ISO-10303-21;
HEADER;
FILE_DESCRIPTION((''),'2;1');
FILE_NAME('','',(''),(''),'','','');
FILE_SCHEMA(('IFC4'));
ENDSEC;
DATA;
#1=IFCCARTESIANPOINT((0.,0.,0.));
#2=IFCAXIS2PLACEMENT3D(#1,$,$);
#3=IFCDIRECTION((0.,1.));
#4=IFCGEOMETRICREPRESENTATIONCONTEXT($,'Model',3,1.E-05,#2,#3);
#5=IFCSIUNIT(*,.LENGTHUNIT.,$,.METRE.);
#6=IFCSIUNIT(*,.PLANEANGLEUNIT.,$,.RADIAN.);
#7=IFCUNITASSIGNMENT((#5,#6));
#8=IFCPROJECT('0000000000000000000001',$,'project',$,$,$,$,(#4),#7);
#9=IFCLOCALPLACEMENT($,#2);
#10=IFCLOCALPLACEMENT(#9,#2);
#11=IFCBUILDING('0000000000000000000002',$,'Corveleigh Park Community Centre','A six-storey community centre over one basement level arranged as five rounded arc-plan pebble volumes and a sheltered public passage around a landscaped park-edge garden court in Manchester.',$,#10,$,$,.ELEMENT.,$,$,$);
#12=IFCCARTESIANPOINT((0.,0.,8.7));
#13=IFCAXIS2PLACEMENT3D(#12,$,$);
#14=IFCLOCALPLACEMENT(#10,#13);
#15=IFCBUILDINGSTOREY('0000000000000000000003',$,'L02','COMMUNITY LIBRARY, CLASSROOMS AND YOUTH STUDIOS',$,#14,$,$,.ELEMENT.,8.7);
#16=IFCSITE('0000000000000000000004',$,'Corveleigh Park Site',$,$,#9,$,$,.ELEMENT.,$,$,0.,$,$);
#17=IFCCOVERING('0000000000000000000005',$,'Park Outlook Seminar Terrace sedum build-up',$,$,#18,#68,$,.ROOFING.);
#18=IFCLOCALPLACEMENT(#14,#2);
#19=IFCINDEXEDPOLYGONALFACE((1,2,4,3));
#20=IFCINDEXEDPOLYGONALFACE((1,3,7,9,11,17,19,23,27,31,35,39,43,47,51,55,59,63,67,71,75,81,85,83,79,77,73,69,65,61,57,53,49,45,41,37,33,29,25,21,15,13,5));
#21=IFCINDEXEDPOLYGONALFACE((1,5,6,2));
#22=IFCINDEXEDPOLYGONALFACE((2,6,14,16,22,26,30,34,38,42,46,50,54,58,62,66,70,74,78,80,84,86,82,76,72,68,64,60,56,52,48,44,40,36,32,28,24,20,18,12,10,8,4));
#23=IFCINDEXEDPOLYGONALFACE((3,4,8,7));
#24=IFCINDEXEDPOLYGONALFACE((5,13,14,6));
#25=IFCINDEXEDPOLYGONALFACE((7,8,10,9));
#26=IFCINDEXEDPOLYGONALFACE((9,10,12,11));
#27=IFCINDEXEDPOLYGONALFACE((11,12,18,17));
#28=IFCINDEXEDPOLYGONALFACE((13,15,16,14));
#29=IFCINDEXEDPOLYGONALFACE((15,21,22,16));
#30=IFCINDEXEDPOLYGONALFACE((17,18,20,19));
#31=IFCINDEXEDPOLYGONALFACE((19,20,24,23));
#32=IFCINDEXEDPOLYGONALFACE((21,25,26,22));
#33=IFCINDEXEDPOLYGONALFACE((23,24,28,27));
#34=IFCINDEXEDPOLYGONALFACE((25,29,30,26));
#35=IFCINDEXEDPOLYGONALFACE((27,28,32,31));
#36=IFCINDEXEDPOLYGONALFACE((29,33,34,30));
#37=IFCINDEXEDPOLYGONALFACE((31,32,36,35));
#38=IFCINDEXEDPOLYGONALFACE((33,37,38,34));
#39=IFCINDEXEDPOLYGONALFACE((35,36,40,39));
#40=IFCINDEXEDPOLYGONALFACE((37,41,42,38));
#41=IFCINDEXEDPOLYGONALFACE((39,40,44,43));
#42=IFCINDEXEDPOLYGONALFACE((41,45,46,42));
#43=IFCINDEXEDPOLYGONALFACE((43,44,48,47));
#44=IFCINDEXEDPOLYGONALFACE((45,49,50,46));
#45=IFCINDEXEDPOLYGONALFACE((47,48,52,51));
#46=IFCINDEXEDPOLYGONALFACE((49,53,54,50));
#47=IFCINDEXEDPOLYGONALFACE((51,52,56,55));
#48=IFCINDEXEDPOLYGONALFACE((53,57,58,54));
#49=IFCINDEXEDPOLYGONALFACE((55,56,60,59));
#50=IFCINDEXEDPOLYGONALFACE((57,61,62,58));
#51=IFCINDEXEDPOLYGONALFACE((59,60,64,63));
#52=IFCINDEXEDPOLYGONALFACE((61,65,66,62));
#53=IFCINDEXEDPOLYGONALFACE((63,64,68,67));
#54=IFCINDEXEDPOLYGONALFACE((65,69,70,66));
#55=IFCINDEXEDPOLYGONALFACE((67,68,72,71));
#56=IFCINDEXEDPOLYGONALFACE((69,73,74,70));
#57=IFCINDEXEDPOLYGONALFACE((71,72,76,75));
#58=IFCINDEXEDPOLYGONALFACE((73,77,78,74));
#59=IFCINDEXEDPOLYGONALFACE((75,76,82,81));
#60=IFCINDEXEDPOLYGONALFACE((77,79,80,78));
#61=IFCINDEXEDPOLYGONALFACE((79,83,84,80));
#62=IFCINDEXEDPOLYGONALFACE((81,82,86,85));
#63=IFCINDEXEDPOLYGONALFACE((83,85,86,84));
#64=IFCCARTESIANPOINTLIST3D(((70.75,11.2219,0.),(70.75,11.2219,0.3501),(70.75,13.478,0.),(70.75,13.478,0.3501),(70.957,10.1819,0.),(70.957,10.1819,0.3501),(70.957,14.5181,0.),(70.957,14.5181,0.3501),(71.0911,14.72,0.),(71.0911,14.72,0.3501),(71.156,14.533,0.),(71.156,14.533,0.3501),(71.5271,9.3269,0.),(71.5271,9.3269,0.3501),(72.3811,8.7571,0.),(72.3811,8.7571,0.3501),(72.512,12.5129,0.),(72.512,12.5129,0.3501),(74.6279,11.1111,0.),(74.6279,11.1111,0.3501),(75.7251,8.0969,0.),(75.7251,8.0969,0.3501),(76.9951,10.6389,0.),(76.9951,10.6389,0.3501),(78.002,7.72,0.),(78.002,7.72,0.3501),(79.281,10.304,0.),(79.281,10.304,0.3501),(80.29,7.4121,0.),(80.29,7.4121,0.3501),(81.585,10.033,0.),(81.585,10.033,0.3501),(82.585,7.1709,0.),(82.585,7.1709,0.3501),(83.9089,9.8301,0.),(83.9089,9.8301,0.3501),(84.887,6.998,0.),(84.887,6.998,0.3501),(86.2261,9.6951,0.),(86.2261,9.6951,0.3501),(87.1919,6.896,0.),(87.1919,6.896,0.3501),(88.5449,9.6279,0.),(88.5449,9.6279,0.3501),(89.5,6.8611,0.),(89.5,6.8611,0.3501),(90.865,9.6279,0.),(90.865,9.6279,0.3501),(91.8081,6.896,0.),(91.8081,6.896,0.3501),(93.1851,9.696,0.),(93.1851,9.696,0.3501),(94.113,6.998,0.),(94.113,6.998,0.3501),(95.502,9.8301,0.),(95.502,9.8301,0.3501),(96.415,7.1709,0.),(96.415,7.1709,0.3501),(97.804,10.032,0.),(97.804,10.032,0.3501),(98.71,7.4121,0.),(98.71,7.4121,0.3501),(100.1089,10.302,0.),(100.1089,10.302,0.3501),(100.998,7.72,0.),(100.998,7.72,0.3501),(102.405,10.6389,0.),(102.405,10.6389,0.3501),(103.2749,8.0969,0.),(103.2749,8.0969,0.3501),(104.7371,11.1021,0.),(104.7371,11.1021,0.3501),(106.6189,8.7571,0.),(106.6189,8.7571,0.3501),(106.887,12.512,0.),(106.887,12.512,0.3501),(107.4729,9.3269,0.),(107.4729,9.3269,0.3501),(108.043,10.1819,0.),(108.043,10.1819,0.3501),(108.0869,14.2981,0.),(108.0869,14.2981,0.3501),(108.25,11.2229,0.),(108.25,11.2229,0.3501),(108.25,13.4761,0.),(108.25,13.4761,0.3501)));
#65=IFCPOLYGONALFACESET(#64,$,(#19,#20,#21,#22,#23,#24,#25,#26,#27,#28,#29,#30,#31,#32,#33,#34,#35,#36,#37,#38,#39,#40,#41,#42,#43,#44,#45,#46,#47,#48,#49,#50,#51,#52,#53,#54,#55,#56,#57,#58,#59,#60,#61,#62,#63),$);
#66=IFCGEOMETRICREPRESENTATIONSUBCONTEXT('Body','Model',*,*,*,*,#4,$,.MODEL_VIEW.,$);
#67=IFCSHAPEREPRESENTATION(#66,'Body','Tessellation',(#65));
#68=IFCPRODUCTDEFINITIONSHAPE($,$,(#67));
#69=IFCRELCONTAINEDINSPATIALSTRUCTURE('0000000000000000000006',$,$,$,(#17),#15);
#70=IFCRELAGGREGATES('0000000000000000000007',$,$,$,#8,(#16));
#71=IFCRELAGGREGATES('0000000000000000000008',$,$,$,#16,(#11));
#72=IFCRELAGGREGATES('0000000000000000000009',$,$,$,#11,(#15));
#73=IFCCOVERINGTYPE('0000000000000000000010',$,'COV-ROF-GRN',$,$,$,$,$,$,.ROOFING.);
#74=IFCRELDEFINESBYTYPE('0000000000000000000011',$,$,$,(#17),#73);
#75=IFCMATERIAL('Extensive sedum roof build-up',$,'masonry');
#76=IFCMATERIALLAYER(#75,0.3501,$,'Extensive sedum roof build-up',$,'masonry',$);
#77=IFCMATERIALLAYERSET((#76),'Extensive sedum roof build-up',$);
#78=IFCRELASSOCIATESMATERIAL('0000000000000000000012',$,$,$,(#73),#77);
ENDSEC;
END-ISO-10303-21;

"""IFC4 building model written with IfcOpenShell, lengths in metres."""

from ifc_helpers import new_model, si_unit, direction, frame, origin, place, context, subcontext, project, spatial, polyline, outline, extrude, material, layer, layer_set, type_object, element, save


model = new_model("IFC4")

# Units and contexts
model_context = context("Model", 3, precision=1e-05, world=origin(), true_north=direction((0.0, 1.0)))
body_context = subcontext(model_context, "Body", "Model", "MODEL_VIEW")
ifc_project = project(units=[si_unit("LENGTHUNIT", "METRE"), si_unit("PLANEANGLEUNIT", "RADIAN")], contexts=[model_context])

# Site, building, storey
site_placement = place(None, origin())
site = spatial("IfcSite", under=ifc_project, at=site_placement, Name="Corveleigh Park Site", CompositionType="ELEMENT", RefElevation=0.0)
building_placement = place(site_placement, origin())
building = spatial("IfcBuilding", under=site, at=building_placement, Name="Corveleigh Park Community Centre", Description="A six-storey community centre over one basement level arranged as five rounded arc-plan pebble volumes and a sheltered public passage around a landscaped park-edge garden court in Manchester.", CompositionType="ELEMENT")
storey_placement = place(building_placement, frame((0.0, 0.0, 8.7)))
storey = spatial("IfcBuildingStorey", under=building, at=storey_placement, Name="L02", Description="COMMUNITY LIBRARY, CLASSROOMS AND YOUTH STUDIOS", CompositionType="ELEMENT", Elevation=8.7)

# Covering
ifc_material_1 = material(Name="Extensive sedum roof build-up", Category="masonry")
ifc_layer_1 = layer(ifc_material_1, 0.3501, Name="Extensive sedum roof build-up", Category="masonry")
ifc_layer_set_1 = layer_set([ifc_layer_1], Name="Extensive sedum roof build-up")
covering_type_1 = type_object("IfcCoveringType", Name="COV-ROF-GRN", PredefinedType="ROOFING", material=ifc_layer_set_1)
covering_1_placement = place(storey_placement, origin())
element("IfcCovering", 1, at=covering_1_placement, inside=storey, type_object=covering_type_1, Name="Park Outlook Seminar Terrace sedum build-up", PredefinedType="ROOFING", context=body_context, shape_type="SweptSolid", body=[
    extrude(outline(polyline([(108.0869, 14.2981), (108.25, 13.4761), (108.25, 11.2229), (108.043, 10.1819), (107.4729, 9.3269), (106.6189, 8.7571), (103.2749, 8.0969), (100.998, 7.72), (98.71, 7.4121), (96.415, 7.1709), (94.113, 6.998), (91.8081, 6.896), (89.5, 6.8611), (87.1919, 6.896), (84.887, 6.998), (82.585, 7.1709), (80.29, 7.4121), (78.002, 7.72), (75.7251, 8.0969), (72.3811, 8.7571), (71.5271, 9.3269), (70.957, 10.1819), (70.75, 11.2219), (70.75, 13.478), (70.957, 14.5181), (71.0911, 14.72), (71.156, 14.533), (72.512, 12.5129), (74.6279, 11.1111), (76.9951, 10.6389), (79.281, 10.304), (81.585, 10.033), (83.9089, 9.8301), (86.2261, 9.6951), (88.5449, 9.6279), (90.865, 9.6279), (93.1851, 9.696), (95.502, 9.8301), (97.804, 10.032), (100.1089, 10.302), (102.405, 10.6389), (104.7371, 11.1021), (106.887, 12.512), (108.0869, 14.2981)])), origin(), (0.0, 0.0, 1.0), 0.3501),
])

save(model, "model.ifc")
